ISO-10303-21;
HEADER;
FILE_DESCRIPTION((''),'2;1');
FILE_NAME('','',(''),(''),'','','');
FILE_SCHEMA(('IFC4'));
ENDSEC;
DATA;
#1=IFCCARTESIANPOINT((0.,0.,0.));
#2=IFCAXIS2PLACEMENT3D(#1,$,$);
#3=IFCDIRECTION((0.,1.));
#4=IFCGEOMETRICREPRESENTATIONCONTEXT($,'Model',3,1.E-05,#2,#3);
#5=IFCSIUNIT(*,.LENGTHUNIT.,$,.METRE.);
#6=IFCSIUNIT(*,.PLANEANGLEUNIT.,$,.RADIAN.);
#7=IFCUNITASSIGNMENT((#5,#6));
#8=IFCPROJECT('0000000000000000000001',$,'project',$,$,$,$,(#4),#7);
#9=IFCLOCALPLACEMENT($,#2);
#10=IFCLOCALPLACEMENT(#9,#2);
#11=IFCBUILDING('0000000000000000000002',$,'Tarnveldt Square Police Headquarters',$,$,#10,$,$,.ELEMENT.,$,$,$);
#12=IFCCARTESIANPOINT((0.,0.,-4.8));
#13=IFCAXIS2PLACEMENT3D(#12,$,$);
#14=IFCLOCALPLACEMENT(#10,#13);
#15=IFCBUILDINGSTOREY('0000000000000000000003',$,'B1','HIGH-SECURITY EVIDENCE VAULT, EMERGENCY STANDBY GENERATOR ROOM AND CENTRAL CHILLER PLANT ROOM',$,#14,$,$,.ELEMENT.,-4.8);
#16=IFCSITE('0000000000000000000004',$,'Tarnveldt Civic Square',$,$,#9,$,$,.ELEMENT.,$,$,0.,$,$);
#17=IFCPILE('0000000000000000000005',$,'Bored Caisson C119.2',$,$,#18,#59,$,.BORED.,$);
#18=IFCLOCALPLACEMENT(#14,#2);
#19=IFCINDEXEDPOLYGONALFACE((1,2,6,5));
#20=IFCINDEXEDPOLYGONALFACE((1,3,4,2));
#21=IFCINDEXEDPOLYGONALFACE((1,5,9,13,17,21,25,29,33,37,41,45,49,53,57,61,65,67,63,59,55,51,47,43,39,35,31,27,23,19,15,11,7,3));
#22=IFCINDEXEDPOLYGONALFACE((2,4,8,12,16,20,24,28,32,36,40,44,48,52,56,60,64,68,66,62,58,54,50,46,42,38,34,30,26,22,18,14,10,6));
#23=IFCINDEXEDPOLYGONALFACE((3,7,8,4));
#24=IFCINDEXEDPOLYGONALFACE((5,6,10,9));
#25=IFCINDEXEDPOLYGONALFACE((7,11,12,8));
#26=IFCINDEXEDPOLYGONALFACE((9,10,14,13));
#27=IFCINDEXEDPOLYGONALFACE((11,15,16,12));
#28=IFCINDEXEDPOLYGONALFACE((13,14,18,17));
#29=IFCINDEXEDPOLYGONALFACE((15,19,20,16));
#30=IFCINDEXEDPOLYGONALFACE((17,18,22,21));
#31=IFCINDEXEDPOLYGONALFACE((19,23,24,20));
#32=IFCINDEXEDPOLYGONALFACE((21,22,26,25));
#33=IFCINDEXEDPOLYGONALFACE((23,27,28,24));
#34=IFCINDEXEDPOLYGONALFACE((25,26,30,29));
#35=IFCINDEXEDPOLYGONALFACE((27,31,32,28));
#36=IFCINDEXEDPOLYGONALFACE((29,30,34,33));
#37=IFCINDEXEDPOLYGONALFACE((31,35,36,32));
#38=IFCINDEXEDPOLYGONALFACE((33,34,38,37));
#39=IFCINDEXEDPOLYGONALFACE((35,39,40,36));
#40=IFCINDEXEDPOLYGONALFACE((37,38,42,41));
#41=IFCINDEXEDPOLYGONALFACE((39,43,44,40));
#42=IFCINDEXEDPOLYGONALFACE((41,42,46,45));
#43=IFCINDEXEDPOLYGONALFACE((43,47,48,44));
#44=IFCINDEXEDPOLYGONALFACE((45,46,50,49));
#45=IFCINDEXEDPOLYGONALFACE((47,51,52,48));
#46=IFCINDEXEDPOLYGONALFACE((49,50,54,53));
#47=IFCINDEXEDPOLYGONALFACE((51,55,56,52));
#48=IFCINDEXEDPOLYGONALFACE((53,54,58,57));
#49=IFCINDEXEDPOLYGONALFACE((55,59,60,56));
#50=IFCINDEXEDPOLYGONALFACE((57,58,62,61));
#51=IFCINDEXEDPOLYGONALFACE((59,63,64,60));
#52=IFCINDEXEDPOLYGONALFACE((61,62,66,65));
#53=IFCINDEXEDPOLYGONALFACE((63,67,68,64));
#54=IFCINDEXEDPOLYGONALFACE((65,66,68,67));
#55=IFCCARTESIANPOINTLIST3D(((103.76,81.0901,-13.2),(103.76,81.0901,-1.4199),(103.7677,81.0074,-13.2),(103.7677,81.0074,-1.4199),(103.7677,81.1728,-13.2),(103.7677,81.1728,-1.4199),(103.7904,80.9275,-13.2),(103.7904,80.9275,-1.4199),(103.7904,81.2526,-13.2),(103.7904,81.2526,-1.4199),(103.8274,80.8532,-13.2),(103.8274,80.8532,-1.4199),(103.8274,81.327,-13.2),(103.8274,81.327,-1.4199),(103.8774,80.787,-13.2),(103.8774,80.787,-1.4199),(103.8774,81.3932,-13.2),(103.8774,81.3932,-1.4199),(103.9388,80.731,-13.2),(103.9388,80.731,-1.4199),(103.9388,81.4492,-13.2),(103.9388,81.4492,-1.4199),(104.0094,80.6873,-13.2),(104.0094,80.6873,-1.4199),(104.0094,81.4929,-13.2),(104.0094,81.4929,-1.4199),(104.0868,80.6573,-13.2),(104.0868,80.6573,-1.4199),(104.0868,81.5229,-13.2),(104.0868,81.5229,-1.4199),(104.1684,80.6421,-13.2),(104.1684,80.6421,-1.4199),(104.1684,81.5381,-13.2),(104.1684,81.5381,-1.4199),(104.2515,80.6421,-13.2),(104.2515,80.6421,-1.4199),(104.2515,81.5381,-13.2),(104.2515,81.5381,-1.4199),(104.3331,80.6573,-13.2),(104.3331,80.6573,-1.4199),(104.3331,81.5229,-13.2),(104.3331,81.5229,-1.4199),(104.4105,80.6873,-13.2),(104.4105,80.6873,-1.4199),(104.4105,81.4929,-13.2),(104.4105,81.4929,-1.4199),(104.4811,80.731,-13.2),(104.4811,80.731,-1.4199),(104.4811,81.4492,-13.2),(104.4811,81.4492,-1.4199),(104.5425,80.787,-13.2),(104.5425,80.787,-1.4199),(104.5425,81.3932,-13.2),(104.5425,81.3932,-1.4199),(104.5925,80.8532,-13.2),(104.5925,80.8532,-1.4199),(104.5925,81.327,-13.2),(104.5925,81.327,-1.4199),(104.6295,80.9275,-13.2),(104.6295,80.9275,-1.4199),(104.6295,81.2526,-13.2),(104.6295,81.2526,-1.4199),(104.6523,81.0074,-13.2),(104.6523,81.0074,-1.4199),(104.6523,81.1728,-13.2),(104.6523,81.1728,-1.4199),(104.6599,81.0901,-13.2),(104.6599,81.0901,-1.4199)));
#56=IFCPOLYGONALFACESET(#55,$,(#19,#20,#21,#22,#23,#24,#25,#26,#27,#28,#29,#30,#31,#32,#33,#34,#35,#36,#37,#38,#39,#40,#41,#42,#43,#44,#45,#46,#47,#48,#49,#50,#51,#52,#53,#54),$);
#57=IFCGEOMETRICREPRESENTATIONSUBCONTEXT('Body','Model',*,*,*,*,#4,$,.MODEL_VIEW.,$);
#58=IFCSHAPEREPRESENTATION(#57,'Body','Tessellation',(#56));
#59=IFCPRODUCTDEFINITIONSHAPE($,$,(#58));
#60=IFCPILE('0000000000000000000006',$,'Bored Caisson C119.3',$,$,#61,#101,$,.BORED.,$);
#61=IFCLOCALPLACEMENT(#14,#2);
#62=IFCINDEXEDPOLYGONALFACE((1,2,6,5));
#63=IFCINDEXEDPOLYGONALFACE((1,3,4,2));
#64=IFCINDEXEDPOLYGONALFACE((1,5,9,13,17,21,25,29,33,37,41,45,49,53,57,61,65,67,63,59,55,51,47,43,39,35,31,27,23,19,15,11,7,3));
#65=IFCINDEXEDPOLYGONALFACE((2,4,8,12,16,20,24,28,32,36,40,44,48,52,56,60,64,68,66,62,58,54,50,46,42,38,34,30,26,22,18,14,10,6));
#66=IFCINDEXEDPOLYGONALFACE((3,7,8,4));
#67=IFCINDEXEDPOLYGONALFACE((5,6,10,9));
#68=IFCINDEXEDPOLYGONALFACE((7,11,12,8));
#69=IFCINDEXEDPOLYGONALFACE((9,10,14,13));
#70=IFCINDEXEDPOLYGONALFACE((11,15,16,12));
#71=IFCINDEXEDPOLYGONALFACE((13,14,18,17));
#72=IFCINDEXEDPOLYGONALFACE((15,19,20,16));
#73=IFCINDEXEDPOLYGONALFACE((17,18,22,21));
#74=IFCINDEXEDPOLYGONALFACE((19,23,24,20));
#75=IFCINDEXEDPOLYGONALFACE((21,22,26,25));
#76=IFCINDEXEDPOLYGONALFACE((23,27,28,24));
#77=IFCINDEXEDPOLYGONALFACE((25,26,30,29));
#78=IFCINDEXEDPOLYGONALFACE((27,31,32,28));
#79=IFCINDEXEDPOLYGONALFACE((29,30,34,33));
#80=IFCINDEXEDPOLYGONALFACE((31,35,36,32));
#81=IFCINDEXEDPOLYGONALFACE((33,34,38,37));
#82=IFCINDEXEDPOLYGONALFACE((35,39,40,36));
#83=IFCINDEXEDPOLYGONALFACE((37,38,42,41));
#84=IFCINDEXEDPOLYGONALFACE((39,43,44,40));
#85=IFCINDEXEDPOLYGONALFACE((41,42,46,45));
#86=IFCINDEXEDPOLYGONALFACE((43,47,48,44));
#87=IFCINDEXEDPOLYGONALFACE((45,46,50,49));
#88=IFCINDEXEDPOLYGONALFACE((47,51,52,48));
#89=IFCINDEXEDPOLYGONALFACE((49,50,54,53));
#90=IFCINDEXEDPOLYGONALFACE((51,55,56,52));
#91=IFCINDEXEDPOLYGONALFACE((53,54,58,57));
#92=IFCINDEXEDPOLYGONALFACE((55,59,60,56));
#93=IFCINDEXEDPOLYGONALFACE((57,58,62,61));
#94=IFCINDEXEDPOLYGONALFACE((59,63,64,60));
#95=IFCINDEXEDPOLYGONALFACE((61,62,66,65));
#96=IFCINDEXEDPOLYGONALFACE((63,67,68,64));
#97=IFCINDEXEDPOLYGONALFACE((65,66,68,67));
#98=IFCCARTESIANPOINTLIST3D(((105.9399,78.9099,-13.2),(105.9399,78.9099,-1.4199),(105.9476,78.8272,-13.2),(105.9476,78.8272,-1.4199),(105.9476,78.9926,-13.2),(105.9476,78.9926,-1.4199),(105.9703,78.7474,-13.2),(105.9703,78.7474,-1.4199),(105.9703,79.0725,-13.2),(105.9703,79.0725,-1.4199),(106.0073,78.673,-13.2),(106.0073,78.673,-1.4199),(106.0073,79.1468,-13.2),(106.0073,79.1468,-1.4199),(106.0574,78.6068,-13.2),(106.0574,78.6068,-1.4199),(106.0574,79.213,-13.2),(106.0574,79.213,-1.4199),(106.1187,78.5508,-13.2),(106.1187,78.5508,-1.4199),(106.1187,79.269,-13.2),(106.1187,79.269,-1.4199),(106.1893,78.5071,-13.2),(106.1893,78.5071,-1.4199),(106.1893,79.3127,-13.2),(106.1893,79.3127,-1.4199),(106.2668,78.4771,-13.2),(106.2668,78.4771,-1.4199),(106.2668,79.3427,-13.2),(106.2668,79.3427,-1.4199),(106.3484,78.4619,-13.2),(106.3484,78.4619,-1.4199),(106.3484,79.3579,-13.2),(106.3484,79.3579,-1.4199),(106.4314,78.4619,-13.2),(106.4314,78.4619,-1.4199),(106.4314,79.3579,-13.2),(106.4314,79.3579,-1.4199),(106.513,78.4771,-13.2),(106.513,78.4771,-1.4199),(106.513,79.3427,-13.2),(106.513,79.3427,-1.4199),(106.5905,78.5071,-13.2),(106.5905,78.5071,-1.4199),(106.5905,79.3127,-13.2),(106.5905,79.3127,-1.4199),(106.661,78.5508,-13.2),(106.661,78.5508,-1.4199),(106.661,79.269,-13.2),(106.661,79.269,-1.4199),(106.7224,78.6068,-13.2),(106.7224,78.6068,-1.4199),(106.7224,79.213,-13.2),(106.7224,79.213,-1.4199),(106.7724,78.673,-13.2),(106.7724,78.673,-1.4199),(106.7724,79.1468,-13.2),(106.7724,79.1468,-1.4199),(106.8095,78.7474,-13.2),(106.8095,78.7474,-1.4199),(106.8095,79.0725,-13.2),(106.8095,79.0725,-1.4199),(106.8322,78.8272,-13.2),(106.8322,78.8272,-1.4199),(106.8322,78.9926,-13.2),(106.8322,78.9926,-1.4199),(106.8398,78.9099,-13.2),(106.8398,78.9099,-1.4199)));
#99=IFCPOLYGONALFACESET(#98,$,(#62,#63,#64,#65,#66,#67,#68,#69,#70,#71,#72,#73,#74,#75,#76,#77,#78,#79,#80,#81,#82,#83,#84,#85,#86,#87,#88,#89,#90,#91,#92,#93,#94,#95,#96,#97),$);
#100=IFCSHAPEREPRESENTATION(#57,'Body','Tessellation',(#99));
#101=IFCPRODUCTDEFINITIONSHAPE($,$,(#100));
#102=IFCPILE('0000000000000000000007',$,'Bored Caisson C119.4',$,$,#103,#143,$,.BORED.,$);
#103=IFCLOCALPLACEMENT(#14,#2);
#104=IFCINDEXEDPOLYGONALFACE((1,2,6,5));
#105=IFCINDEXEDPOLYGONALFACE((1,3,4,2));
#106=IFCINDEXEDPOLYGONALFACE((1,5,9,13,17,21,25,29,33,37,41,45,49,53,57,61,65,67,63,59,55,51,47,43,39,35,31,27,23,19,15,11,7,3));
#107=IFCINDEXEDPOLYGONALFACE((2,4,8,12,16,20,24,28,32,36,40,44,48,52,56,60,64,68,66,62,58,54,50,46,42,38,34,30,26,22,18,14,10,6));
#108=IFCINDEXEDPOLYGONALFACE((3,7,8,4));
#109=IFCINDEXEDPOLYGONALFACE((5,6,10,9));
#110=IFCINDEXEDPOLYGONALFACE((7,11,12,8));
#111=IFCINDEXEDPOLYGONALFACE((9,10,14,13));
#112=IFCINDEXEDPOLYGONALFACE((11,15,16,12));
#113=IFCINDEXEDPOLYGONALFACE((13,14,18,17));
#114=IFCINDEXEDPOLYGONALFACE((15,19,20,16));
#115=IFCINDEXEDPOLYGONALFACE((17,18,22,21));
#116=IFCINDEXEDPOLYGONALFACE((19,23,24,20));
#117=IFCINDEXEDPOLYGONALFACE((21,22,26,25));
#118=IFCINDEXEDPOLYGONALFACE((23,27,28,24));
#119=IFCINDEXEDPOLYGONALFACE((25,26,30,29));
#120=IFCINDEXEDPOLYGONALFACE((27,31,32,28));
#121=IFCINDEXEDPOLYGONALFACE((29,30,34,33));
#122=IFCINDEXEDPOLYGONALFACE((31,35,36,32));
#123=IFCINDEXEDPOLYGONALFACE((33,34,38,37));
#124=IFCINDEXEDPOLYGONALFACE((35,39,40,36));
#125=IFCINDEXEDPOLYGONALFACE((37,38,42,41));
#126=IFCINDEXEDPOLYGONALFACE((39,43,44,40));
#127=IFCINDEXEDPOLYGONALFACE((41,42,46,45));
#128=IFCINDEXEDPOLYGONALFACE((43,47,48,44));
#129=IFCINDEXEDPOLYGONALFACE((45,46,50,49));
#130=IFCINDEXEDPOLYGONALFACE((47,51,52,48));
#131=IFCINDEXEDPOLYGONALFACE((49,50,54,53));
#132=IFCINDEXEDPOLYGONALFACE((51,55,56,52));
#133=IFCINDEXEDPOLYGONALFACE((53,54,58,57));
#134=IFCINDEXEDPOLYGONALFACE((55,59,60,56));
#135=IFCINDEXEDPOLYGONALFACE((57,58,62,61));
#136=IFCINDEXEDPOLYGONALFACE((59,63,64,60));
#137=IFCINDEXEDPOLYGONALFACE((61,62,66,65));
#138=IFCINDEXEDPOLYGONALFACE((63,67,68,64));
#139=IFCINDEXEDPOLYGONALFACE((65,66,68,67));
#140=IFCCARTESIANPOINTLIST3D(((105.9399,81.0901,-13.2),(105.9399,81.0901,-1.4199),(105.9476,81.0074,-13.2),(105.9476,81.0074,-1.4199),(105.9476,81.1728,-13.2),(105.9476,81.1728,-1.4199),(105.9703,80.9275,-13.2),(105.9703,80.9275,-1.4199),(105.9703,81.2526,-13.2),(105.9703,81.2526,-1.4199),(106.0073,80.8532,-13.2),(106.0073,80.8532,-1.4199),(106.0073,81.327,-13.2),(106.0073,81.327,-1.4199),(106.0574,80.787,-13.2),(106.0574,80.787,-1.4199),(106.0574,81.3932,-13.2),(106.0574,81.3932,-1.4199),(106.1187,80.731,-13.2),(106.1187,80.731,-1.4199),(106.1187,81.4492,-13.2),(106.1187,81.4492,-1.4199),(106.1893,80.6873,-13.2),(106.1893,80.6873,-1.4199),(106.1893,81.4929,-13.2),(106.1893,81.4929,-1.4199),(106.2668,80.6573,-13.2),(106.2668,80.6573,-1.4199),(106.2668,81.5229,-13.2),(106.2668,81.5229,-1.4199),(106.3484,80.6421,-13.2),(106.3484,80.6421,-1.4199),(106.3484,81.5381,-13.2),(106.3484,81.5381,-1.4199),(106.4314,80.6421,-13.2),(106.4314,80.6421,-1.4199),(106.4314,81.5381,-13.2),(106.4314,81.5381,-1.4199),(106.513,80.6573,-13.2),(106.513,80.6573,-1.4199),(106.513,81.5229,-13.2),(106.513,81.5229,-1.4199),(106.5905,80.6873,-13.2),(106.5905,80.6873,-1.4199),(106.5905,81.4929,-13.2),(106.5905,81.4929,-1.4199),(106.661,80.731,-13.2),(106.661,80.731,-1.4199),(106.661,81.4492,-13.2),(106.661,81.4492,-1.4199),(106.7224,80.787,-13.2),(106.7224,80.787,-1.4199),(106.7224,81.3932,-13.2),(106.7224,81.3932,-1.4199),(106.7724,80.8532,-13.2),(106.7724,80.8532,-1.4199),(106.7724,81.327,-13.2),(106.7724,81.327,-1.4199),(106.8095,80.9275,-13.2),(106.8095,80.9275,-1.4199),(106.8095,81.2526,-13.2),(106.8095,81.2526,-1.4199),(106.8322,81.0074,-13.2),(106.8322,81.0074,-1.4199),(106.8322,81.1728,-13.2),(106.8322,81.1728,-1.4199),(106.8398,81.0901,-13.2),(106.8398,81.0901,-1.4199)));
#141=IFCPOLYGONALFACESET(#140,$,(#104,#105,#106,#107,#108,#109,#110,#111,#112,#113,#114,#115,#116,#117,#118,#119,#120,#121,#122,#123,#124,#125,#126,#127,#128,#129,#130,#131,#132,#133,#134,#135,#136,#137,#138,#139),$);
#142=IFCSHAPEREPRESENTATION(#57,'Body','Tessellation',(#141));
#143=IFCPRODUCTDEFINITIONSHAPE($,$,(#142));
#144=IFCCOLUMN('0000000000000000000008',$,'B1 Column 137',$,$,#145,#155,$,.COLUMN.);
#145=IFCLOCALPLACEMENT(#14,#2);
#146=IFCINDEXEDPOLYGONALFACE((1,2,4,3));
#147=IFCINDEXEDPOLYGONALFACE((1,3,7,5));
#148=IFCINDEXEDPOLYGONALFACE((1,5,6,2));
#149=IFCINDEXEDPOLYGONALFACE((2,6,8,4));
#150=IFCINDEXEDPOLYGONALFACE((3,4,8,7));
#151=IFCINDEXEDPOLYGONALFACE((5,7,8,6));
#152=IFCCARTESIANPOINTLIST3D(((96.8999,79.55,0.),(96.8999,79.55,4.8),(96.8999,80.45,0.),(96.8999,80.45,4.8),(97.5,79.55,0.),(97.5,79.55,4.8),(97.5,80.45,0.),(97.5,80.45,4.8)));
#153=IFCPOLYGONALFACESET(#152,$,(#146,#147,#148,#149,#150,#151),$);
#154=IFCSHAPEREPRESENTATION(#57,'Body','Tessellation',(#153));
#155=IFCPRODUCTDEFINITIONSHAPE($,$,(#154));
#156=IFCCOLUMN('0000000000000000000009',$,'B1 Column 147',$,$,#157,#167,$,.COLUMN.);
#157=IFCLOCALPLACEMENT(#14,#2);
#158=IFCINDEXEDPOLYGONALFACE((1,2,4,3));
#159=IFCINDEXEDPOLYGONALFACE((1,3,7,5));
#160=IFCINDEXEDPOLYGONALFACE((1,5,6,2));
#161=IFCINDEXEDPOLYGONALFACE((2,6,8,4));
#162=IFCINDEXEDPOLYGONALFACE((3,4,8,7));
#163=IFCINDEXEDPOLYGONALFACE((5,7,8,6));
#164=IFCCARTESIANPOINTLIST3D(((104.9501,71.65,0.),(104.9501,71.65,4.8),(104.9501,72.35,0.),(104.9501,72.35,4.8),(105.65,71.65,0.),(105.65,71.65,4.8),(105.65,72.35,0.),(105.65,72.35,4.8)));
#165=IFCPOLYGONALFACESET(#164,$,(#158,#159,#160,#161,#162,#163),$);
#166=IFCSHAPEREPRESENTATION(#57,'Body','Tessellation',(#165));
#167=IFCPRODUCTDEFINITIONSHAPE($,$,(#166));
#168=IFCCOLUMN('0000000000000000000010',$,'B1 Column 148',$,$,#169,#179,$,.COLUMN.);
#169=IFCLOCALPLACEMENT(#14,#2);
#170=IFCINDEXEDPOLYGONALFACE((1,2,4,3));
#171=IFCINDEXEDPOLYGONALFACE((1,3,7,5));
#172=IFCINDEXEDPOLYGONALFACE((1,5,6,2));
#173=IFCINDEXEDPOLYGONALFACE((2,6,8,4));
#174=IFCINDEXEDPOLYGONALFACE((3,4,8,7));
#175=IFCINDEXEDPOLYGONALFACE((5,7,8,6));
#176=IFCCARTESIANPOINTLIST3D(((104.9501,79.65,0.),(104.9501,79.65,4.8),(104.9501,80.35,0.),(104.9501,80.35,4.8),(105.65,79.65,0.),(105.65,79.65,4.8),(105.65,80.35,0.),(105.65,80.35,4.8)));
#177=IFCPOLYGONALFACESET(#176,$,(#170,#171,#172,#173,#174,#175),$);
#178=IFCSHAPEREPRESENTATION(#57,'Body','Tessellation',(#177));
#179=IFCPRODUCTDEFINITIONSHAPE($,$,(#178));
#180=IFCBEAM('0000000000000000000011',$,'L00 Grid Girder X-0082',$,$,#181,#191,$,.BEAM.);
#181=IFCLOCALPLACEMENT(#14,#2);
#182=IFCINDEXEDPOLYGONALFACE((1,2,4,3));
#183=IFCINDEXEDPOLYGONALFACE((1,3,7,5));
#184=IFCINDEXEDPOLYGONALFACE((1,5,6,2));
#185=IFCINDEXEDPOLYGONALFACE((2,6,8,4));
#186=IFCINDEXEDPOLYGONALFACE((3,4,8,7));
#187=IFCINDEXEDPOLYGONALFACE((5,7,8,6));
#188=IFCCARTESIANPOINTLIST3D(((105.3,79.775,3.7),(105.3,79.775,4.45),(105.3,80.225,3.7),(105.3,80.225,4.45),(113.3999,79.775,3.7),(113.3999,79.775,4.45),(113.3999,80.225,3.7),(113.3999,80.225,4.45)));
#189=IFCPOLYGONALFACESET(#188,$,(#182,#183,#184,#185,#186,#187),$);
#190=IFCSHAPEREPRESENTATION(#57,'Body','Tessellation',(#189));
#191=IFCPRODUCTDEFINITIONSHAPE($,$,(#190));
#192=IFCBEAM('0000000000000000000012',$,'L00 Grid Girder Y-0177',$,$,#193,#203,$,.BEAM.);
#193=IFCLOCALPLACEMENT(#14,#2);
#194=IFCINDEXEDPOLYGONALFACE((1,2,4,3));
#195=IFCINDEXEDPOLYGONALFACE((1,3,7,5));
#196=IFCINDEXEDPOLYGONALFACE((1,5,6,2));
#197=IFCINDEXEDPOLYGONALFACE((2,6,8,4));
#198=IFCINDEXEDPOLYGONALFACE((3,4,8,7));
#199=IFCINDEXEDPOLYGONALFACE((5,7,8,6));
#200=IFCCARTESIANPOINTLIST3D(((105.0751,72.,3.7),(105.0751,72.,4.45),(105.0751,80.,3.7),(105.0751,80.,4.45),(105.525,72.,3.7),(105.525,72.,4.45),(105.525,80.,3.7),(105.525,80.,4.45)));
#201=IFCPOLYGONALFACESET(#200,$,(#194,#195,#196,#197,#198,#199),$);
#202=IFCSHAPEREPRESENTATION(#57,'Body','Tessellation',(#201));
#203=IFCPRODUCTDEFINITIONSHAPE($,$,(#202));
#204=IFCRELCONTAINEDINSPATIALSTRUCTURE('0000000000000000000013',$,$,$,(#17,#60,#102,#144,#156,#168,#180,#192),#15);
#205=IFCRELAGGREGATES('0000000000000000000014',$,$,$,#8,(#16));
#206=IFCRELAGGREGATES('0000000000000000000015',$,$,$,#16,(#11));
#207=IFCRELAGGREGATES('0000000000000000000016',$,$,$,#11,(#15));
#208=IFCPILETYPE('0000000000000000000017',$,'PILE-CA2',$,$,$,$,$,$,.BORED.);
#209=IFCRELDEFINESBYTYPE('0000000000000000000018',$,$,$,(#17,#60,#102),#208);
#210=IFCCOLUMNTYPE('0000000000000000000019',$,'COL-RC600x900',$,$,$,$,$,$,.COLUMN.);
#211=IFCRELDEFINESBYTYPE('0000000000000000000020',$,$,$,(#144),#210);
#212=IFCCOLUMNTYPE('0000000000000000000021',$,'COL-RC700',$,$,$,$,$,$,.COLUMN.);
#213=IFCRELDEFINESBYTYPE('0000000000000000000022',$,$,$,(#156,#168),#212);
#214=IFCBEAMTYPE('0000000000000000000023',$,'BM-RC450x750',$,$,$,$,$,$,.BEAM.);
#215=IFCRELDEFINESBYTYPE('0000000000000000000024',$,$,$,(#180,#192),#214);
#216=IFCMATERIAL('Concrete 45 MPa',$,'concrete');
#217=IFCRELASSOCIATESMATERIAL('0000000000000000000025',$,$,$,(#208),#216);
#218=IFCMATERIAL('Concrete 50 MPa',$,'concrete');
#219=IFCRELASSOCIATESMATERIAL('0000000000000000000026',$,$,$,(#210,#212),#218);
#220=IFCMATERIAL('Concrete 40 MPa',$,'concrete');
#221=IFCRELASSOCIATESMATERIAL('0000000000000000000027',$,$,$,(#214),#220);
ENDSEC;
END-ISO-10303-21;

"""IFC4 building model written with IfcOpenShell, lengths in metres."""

from ifc_helpers import new_model, si_unit, direction, frame, origin, origin_2d, place, context, subcontext, project, spatial, rectangle, circle, extrude, material, material_profile, profile_set, type_object, element, save


model = new_model("IFC4")

# Units and contexts
model_context = context("Model", 3, precision=1e-05, world=origin(), true_north=direction((0.0, 1.0)))
body_context = subcontext(model_context, "Body", "Model", "MODEL_VIEW")
ifc_project = project(units=[si_unit("LENGTHUNIT", "METRE"), si_unit("PLANEANGLEUNIT", "RADIAN")], contexts=[model_context])

# Site, building, storey
site_placement = place(None, origin())
site = spatial("IfcSite", under=ifc_project, at=site_placement, Name="Tarnveldt Civic Square", CompositionType="ELEMENT", RefElevation=0.0)
building_placement = place(site_placement, origin())
building = spatial("IfcBuilding", under=site, at=building_placement, Name="Tarnveldt Square Police Headquarters", CompositionType="ELEMENT")
storey_placement = place(building_placement, frame((0.0, 0.0, -4.8)))
storey = spatial("IfcBuildingStorey", under=building, at=storey_placement, Name="B1", Description="HIGH-SECURITY EVIDENCE VAULT, EMERGENCY STANDBY GENERATOR ROOM AND CENTRAL CHILLER PLANT ROOM", CompositionType="ELEMENT", Elevation=-4.8)

# Shared definitions
ifc_material_1 = material(Name="Concrete 45 MPa", Category="concrete")

# Piles
ifc_material_profile_1 = material_profile(ifc_material_1, circle(Radius=0.45, at=origin_2d()), Name="CAISSON-D900")
ifc_profile_set_1 = profile_set([ifc_material_profile_1], Name="Concrete 45 MPa")
pile_type = type_object("IfcPileType", Name="PILE-CA2", PredefinedType="BORED", material=ifc_profile_set_1)
for number, where, z_axis, x_axis, name in (
    (1, (104.21, 81.0901, -1.4199), (0.0, 0.0, -1.0), (1.0, 0.0, 0.0), "Bored Caisson C119.2"),
    (2, (106.3899, 78.9099, -1.4199), (0.0, 0.0, -1.0), (1.0, 0.0, 0.0), "Bored Caisson C119.3"),
    (3, (106.3899, 81.0901, -1.4199), (0.0, 0.0, -1.0), (1.0, 0.0, 0.0), "Bored Caisson C119.4"),
):
    element("IfcPile", number, at=place(storey_placement, frame(where, z_axis=z_axis, x_axis=x_axis)), inside=storey, type_object=pile_type, Name=name, PredefinedType="BORED", context=body_context, shape_type="SweptSolid", body=[
        extrude(circle(Radius=0.45, at=origin_2d()), origin(), (0.0, 0.0, 1.0), 11.78),
    ])

# Columns
ifc_material_2 = material(Name="Concrete 50 MPa", Category="concrete")
ifc_material_profile_2 = material_profile(ifc_material_2, rectangle(XDim=0.6001, YDim=0.8999, at=origin_2d()), Name="RC-C600x900")
ifc_profile_set_2 = profile_set([ifc_material_profile_2], Name="Concrete 50 MPa")
column_type_1 = type_object("IfcColumnType", Name="COL-RC600x900", PredefinedType="COLUMN", material=ifc_profile_set_2)
column_placement = place(storey_placement, frame((97.2, 80.0, 0.0), z_axis=(0.0, 0.0, 1.0), x_axis=(1.0, 0.0, 0.0)))
element("IfcColumn", 4, at=column_placement, inside=storey, type_object=column_type_1, Name="B1 Column 137", PredefinedType="COLUMN", context=body_context, shape_type="SweptSolid", body=[
    extrude(rectangle(XDim=0.6001, YDim=0.8999, at=origin_2d()), origin(), (0.0, 0.0, 1.0), 4.8),
])
ifc_material_profile_3 = material_profile(ifc_material_2, rectangle(XDim=0.7, YDim=0.7, at=origin_2d()), Name="RC-C700x700")
ifc_profile_set_3 = profile_set([ifc_material_profile_3], Name="Concrete 50 MPa")
column_type_2 = type_object("IfcColumnType", Name="COL-RC700", PredefinedType="COLUMN", material=ifc_profile_set_3)
for number, where, z_axis, x_axis, name in (
    (5, (105.3, 72.0, 0.0), (0.0, 0.0, 1.0), (1.0, 0.0, 0.0), "B1 Column 147"),
    (6, (105.3, 80.0, 0.0), (0.0, 0.0, 1.0), (1.0, 0.0, 0.0), "B1 Column 148"),
):
    element("IfcColumn", number, at=place(storey_placement, frame(where, z_axis=z_axis, x_axis=x_axis)), inside=storey, type_object=column_type_2, Name=name, PredefinedType="COLUMN", context=body_context, shape_type="SweptSolid", body=[
        extrude(rectangle(XDim=0.7, YDim=0.7, at=origin_2d()), origin(), (0.0, 0.0, 1.0), 4.8),
    ])

# Beams
ifc_material_3 = material(Name="Concrete 40 MPa", Category="concrete")
ifc_material_profile_4 = material_profile(ifc_material_3, rectangle(XDim=0.45, YDim=0.75, at=origin_2d()), Name="RC-B450x750")
ifc_profile_set_4 = profile_set([ifc_material_profile_4], Name="Concrete 40 MPa")
beam_type_1 = type_object("IfcBeamType", Name="BM-RC450x750", PredefinedType="BEAM", material=ifc_profile_set_4)
beam_1_placement = place(storey_placement, frame((105.3, 80.0, 4.075), z_axis=(1.0, 0.0, 0.0), x_axis=(0.0, 1.0, 0.0)))
element("IfcBeam", 7, at=beam_1_placement, inside=storey, type_object=beam_type_1, Name="L00 Grid Girder X-0082", PredefinedType="BEAM", context=body_context, shape_type="SweptSolid", body=[
    extrude(rectangle(XDim=0.45, YDim=0.75, at=origin_2d()), origin(), (0.0, 0.0, 1.0), 8.0999),
])
for number, where, z_axis, x_axis, name in (
    (8, (105.3, 72.0, 4.075), (0.0, 1.0, 0.0), (-1.0, 0.0, 0.0), "L00 Grid Girder Y-0177"),
):
    element("IfcBeam", number, at=place(storey_placement, frame(where, z_axis=z_axis, x_axis=x_axis)), inside=storey, type_object=beam_type_1, Name=name, PredefinedType="BEAM", context=body_context, shape_type="SweptSolid", body=[
        extrude(rectangle(XDim=0.45, YDim=0.75, at=origin_2d()), origin(), (0.0, 0.0, 1.0), 8.0),
    ])

save(model, "model.ifc")
